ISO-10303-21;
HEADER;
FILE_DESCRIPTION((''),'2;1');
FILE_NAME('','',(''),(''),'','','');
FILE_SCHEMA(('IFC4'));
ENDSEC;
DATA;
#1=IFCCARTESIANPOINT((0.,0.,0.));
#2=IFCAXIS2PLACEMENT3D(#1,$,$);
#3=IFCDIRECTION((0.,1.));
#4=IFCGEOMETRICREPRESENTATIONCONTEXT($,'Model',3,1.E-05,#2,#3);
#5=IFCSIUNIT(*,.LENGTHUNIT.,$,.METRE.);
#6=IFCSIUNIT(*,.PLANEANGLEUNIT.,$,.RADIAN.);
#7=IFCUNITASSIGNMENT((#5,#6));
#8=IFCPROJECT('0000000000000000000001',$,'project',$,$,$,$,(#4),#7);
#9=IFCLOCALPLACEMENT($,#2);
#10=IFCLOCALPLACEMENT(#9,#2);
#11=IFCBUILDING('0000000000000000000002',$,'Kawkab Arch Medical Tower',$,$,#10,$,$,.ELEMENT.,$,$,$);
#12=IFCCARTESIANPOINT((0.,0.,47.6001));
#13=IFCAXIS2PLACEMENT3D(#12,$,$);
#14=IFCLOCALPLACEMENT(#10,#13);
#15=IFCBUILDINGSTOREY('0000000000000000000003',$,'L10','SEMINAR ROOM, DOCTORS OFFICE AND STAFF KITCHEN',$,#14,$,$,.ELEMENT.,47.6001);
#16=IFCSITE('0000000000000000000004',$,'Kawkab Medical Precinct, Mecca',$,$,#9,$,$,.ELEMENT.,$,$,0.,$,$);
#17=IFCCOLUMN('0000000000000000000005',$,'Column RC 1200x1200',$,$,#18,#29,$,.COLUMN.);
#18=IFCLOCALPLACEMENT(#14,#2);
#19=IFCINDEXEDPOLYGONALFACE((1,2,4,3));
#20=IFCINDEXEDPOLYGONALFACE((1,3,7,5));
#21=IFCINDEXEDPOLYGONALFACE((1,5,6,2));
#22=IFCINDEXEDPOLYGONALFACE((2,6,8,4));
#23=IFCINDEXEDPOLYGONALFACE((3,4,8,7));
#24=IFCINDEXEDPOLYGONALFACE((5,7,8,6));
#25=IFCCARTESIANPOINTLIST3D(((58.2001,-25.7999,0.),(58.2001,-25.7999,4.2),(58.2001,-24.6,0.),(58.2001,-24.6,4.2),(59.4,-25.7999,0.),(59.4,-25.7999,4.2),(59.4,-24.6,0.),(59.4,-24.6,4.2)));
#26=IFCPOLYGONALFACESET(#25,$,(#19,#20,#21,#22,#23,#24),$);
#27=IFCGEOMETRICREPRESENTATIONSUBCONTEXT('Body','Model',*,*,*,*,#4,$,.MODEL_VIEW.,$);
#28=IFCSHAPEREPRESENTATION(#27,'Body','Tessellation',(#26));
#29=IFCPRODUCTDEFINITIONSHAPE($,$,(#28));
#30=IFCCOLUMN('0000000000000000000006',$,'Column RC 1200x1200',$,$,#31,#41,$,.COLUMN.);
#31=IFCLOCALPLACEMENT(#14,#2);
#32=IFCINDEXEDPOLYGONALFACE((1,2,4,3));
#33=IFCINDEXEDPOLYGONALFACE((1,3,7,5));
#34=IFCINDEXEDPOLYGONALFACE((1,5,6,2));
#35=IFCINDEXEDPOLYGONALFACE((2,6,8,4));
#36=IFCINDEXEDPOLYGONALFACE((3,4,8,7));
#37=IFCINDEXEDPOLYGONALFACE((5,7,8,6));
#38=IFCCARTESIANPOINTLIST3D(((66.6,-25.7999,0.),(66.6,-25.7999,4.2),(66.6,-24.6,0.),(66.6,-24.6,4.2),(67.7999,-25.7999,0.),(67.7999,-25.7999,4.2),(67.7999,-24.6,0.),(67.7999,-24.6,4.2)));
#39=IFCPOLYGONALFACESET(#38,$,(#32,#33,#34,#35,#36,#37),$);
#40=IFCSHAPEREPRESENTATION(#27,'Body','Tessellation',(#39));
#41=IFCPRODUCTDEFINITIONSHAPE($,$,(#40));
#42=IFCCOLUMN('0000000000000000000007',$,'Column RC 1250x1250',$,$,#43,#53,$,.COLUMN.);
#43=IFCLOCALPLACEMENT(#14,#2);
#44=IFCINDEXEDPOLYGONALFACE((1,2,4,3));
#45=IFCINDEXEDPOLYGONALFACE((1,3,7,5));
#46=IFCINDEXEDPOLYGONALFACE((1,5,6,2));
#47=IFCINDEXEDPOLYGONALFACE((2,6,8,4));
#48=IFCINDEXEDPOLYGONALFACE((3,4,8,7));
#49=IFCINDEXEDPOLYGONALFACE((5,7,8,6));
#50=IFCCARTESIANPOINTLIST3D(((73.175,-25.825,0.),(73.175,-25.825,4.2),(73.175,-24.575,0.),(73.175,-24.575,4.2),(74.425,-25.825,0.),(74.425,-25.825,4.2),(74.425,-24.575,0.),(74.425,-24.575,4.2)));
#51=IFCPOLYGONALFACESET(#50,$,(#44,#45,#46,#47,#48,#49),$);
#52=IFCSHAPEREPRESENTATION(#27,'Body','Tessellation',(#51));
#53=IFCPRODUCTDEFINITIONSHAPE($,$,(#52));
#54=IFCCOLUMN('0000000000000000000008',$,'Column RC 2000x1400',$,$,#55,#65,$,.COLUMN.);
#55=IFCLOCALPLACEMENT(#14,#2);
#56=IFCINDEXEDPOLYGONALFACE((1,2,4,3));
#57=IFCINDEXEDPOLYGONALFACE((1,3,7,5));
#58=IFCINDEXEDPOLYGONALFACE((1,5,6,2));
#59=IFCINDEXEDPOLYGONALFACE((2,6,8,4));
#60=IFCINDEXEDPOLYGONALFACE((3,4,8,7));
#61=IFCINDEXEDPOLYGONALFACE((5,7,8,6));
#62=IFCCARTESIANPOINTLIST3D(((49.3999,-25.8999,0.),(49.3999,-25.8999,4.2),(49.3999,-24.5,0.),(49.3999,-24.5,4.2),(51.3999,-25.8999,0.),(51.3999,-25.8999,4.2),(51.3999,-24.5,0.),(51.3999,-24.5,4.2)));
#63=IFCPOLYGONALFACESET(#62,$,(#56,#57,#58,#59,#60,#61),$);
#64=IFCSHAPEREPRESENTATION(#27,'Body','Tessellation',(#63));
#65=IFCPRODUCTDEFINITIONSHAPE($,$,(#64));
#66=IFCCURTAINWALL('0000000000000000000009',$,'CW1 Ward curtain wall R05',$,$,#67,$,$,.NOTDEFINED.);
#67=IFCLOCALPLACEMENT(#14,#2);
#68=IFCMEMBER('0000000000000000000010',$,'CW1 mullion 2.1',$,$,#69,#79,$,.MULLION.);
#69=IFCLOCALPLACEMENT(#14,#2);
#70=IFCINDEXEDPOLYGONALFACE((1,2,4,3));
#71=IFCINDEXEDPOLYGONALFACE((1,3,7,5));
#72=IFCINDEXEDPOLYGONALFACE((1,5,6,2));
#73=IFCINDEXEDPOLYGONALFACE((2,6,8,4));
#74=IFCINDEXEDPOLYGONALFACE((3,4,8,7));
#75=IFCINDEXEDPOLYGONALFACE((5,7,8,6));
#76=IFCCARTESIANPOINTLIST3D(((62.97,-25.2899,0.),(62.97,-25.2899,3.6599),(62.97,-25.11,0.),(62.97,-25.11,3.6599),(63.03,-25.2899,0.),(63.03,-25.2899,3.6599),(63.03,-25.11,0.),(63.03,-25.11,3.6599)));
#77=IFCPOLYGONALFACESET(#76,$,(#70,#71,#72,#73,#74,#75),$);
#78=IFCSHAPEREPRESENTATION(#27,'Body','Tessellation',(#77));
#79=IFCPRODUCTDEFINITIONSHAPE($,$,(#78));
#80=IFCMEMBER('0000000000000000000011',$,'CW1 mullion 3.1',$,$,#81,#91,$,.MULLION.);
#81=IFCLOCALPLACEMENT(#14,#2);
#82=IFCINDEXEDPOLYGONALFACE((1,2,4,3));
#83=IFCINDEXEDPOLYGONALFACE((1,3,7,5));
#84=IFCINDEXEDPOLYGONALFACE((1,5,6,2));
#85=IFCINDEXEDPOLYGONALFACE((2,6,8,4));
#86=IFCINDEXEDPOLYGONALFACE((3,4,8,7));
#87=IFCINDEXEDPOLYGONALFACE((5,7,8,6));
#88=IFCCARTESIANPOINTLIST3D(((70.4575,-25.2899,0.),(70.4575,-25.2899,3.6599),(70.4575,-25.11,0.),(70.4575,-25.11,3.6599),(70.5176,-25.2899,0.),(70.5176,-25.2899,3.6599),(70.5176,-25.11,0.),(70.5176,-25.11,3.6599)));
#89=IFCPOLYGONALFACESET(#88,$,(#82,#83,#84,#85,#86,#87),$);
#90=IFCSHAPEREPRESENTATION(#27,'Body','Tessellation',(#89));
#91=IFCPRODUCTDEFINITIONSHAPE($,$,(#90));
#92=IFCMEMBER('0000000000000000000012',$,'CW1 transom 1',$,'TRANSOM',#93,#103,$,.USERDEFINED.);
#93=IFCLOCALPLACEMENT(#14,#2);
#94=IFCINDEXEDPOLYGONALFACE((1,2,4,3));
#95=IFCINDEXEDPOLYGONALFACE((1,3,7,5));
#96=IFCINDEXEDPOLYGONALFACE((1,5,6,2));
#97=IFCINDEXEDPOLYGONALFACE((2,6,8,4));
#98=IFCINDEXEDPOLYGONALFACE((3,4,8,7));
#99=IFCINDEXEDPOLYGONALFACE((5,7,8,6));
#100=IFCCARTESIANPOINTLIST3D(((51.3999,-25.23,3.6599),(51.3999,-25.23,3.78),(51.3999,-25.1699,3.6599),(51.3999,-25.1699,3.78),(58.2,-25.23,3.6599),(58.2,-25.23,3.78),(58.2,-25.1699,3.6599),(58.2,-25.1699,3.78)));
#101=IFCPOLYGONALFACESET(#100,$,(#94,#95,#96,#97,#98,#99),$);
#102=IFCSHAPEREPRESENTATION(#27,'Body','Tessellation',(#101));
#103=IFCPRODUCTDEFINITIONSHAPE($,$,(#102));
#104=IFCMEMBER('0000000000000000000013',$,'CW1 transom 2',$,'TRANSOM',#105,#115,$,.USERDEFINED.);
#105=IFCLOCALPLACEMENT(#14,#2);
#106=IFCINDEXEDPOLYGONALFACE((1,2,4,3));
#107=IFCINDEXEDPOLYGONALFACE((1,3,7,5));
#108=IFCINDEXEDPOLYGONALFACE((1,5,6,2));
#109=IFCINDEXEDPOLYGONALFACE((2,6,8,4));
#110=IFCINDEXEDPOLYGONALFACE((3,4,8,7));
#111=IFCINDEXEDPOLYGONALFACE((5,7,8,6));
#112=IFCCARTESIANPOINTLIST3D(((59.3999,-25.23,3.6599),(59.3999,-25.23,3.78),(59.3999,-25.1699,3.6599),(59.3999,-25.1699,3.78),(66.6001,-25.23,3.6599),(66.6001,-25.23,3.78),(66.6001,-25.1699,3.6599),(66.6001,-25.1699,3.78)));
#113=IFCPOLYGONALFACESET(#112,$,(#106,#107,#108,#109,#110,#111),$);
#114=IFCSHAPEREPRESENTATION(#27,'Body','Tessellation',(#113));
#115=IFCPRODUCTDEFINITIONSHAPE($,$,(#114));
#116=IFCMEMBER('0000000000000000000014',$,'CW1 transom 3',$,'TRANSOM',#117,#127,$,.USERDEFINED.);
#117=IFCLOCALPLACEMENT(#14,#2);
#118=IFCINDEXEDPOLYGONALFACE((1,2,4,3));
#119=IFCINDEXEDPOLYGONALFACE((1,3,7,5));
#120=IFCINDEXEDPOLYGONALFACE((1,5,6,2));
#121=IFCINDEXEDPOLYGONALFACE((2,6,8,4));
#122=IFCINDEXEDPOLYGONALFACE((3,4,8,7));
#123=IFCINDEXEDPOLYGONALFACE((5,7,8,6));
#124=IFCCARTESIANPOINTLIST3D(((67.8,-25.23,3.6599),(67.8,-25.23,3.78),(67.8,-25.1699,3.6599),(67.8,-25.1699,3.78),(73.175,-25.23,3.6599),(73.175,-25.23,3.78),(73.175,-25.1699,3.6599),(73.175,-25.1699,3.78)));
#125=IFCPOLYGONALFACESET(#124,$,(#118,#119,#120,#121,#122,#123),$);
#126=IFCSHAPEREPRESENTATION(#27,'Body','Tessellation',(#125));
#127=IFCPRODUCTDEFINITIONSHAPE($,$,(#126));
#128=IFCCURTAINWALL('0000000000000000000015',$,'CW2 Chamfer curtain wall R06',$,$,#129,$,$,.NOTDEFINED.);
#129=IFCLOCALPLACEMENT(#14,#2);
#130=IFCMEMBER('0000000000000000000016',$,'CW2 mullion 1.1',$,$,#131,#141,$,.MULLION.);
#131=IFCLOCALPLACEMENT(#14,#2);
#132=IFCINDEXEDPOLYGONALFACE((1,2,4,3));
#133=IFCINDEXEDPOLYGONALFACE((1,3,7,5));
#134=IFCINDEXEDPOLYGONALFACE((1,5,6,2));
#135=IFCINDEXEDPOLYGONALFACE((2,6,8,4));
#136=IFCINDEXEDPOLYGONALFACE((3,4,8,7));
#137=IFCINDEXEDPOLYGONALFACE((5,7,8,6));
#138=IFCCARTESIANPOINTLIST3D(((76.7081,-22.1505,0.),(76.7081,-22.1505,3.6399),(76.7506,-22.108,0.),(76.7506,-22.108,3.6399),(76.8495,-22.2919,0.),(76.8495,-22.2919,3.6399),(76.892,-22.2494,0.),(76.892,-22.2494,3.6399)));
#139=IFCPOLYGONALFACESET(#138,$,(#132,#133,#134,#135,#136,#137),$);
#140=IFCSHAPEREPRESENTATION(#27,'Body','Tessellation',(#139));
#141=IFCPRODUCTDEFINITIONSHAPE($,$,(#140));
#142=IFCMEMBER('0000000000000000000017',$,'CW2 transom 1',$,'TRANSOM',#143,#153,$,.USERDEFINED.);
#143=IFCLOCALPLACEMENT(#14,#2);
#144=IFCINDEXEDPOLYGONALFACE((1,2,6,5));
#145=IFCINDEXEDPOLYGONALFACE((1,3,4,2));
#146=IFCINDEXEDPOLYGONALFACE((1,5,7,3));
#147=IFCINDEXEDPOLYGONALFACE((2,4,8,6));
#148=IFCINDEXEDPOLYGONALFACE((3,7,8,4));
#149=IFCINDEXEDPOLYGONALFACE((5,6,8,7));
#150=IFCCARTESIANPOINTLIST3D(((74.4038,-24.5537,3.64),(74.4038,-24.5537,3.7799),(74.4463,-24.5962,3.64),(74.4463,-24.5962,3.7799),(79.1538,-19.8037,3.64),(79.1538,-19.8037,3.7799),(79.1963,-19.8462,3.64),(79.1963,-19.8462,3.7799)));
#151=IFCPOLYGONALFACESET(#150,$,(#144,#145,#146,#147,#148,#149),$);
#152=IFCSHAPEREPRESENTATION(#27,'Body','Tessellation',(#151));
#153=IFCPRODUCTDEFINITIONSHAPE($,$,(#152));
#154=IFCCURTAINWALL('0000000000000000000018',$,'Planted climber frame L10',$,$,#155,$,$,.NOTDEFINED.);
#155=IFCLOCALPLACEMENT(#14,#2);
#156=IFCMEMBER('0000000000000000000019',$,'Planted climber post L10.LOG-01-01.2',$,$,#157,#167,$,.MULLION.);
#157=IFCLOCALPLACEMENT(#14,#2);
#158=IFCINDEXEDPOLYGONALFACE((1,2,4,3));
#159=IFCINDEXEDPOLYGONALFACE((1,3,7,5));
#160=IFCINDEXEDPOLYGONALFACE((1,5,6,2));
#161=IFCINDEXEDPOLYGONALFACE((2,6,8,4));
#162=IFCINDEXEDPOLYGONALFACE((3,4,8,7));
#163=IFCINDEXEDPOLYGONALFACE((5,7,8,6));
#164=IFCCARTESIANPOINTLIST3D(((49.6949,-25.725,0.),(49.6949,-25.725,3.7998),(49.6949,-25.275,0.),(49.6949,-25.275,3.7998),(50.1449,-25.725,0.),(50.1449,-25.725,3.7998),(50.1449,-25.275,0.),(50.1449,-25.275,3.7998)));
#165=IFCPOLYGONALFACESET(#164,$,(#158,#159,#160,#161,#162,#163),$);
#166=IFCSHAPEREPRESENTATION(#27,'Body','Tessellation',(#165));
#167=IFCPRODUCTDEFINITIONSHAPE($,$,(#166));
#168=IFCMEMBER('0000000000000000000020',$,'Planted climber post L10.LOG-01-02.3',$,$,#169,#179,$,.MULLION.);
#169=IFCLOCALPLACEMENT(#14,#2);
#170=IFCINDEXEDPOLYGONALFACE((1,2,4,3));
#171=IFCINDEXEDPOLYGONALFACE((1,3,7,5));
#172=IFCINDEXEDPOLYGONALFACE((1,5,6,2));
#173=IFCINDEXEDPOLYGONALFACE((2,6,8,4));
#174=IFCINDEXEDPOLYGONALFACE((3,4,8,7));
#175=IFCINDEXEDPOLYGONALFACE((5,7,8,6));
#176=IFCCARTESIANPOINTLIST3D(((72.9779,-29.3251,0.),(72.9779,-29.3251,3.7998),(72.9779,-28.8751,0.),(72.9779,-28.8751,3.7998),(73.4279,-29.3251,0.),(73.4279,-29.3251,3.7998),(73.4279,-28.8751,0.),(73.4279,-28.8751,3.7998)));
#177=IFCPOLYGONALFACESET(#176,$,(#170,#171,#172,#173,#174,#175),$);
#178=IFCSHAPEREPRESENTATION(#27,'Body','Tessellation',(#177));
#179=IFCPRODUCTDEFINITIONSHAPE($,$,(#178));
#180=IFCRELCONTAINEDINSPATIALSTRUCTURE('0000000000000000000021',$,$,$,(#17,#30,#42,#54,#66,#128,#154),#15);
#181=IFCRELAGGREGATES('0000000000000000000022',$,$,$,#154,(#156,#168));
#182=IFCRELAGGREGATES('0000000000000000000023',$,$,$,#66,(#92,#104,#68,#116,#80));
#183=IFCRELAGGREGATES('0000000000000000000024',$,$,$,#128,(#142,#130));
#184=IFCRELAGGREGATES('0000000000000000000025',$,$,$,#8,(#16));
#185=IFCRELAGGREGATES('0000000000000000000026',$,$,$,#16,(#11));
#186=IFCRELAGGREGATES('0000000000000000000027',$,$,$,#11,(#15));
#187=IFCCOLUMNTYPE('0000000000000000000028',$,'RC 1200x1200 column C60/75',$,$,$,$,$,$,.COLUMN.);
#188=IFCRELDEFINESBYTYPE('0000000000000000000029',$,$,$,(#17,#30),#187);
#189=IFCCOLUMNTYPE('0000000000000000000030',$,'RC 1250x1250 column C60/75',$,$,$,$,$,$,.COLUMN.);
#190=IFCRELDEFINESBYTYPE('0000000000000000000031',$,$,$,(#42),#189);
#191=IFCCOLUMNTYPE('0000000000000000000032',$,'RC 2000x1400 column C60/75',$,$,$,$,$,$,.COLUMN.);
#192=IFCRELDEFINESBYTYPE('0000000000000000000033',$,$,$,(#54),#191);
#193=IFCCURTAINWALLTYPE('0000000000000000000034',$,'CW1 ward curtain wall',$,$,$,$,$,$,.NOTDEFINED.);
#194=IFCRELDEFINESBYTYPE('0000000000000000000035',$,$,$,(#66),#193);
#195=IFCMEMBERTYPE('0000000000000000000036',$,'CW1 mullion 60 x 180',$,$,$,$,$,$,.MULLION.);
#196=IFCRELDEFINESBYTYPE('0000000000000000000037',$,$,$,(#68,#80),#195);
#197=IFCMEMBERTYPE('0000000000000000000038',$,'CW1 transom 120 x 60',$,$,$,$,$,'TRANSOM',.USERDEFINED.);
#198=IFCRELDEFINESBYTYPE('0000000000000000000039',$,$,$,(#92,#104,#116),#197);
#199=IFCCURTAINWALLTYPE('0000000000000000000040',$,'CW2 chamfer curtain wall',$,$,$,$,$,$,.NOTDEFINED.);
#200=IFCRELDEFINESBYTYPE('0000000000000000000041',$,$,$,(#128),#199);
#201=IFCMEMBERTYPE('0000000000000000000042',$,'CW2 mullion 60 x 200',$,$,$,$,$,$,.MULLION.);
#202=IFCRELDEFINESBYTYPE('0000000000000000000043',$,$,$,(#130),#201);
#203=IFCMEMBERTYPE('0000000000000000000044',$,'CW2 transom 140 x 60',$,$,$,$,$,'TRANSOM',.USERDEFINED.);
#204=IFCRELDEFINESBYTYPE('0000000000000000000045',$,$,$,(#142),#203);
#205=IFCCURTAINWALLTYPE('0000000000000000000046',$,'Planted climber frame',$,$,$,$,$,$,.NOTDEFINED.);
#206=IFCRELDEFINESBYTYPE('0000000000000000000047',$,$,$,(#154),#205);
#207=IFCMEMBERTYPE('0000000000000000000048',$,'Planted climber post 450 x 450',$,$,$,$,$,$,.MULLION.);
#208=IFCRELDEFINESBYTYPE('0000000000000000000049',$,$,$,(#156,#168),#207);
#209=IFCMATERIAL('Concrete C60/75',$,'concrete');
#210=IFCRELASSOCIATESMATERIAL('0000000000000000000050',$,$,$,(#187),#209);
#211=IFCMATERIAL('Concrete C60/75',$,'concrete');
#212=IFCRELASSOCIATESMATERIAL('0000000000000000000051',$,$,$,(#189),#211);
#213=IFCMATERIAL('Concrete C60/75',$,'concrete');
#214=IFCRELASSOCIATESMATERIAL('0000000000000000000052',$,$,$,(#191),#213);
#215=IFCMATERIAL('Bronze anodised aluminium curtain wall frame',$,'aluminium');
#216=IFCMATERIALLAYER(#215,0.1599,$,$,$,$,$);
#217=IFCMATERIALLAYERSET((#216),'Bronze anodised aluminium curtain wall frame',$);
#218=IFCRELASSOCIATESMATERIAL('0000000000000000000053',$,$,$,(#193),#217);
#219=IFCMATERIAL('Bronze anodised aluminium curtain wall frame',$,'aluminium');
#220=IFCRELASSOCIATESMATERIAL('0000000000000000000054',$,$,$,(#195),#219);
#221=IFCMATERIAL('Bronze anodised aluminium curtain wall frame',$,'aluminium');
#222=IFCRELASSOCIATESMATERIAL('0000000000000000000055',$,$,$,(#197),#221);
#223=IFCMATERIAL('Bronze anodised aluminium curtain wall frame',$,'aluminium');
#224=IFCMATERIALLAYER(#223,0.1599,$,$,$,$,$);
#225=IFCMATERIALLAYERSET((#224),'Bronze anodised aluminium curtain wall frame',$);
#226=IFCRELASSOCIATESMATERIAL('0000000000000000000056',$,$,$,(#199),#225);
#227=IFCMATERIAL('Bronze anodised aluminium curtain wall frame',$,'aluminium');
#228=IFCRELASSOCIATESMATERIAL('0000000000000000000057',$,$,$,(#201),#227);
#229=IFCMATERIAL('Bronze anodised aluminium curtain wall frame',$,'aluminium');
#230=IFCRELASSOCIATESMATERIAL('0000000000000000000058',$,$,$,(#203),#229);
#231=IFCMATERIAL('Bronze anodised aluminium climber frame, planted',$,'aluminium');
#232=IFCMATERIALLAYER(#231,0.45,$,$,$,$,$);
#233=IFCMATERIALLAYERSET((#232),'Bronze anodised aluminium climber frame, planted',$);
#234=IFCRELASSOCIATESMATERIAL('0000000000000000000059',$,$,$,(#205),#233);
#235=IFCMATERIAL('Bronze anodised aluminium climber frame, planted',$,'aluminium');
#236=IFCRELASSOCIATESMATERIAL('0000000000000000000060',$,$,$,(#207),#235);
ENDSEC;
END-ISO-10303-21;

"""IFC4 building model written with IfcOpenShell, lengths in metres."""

from ifc_helpers import new_model, si_unit, direction, frame, origin, origin_2d, place, context, subcontext, project, spatial, rectangle, extrude, material, layer, layer_set, material_profile, profile_set, type_object, element, aggregate, save


model = new_model("IFC4")

# Units and contexts
model_context = context("Model", 3, precision=1e-05, world=origin(), true_north=direction((0.0, 1.0)))
body_context = subcontext(model_context, "Body", "Model", "MODEL_VIEW")
ifc_project = project(units=[si_unit("LENGTHUNIT", "METRE"), si_unit("PLANEANGLEUNIT", "RADIAN")], contexts=[model_context])

# Site, building, storey
site_placement = place(None, origin())
site = spatial("IfcSite", under=ifc_project, at=site_placement, Name="Kawkab Medical Precinct, Mecca", CompositionType="ELEMENT", RefElevation=0.0)
building_placement = place(site_placement, origin())
building = spatial("IfcBuilding", under=site, at=building_placement, Name="Kawkab Arch Medical Tower", CompositionType="ELEMENT")
storey_placement = place(building_placement, frame((0.0, 0.0, 47.6001)))
storey = spatial("IfcBuildingStorey", under=building, at=storey_placement, Name="L10", Description="SEMINAR ROOM, DOCTORS OFFICE AND STAFF KITCHEN", CompositionType="ELEMENT", Elevation=47.6001)

# Columns
ifc_material_1 = material(Name="Concrete C60/75", Category="concrete")
ifc_material_profile_1 = material_profile(ifc_material_1, rectangle(XDim=1.2, YDim=1.2, at=origin_2d()), Name="RC 1200x1200")
ifc_profile_set_1 = profile_set([ifc_material_profile_1], Name="Concrete C60/75")
column_type_1 = type_object("IfcColumnType", Name="RC 1200x1200 column C60/75", PredefinedType="COLUMN", material=ifc_profile_set_1)
for number, where, z_axis, x_axis, name in (
    (1, (58.8, -25.2, 0.0), (0.0, 0.0, 1.0), (1.0, 0.0, 0.0), "Column RC 1200x1200"),
    (2, (67.2, -25.2, 0.0), (0.0, 0.0, 1.0), (1.0, 0.0, 0.0), "Column RC 1200x1200"),
):
    element("IfcColumn", number, at=place(storey_placement, frame(where, z_axis=z_axis, x_axis=x_axis)), inside=storey, type_object=column_type_1, Name=name, PredefinedType="COLUMN", context=body_context, shape_type="SweptSolid", body=[
        extrude(rectangle(XDim=1.2, YDim=1.2, at=origin_2d()), origin(), (0.0, 0.0, 1.0), 4.2),
    ])
ifc_material_2 = material(Name="Concrete C60/75", Category="concrete")
ifc_material_profile_2 = material_profile(ifc_material_2, rectangle(XDim=1.25, YDim=1.25, at=origin_2d()), Name="RC 1250x1250")
ifc_profile_set_2 = profile_set([ifc_material_profile_2], Name="Concrete C60/75")
column_type_2 = type_object("IfcColumnType", Name="RC 1250x1250 column C60/75", PredefinedType="COLUMN", material=ifc_profile_set_2)
column_1_placement = place(storey_placement, frame((73.8, -25.2, 0.0), z_axis=(0.0, 0.0, 1.0), x_axis=(1.0, 0.0, 0.0)))
element("IfcColumn", 3, at=column_1_placement, inside=storey, type_object=column_type_2, Name="Column RC 1250x1250", PredefinedType="COLUMN", context=body_context, shape_type="SweptSolid", body=[
    extrude(rectangle(XDim=1.25, YDim=1.25, at=origin_2d()), origin(), (0.0, 0.0, 1.0), 4.2),
])
ifc_material_3 = material(Name="Concrete C60/75", Category="concrete")
ifc_material_profile_3 = material_profile(ifc_material_3, rectangle(XDim=2.0, YDim=1.3999, at=origin_2d()), Name="RC 2000x1400")
ifc_profile_set_3 = profile_set([ifc_material_profile_3], Name="Concrete C60/75")
column_type_3 = type_object("IfcColumnType", Name="RC 2000x1400 column C60/75", PredefinedType="COLUMN", material=ifc_profile_set_3)
column_2_placement = place(storey_placement, frame((50.3999, -25.2, 0.0), z_axis=(0.0, 0.0, 1.0), x_axis=(-1.0, 0.0, 0.0)))
element("IfcColumn", 4, at=column_2_placement, inside=storey, type_object=column_type_3, Name="Column RC 2000x1400", PredefinedType="COLUMN", context=body_context, shape_type="SweptSolid", body=[
    extrude(rectangle(XDim=2.0, YDim=1.3999, at=origin_2d()), origin(), (0.0, 0.0, 1.0), 4.2),
])

# Curtain walls, members
ifc_material_4 = material(Name="Bronze anodised aluminium curtain wall frame", Category="aluminium")
ifc_layer_1 = layer(ifc_material_4, 0.1599)
ifc_layer_set_1 = layer_set([ifc_layer_1], Name="Bronze anodised aluminium curtain wall frame")
curtain_wall_type_1 = type_object("IfcCurtainWallType", Name="CW1 ward curtain wall", PredefinedType="NOTDEFINED", material=ifc_layer_set_1)
placement = place(storey_placement, origin())
curtain_wall_1 = element("IfcCurtainWall", 5, at=placement, inside=storey, type_object=curtain_wall_type_1, Name="CW1 Ward curtain wall R05", PredefinedType="NOTDEFINED")
ifc_material_5 = material(Name="Bronze anodised aluminium curtain wall frame", Category="aluminium")
ifc_material_profile_4 = material_profile(ifc_material_5, rectangle(XDim=0.1799, YDim=0.0601, at=origin_2d()), Name="AL 60x180")
ifc_profile_set_4 = profile_set([ifc_material_profile_4], Name="Bronze anodised aluminium curtain wall frame")
member_type_1 = type_object("IfcMemberType", Name="CW1 mullion 60 x 180", PredefinedType="MULLION", material=ifc_profile_set_4)
member_1_placement = place(storey_placement, frame((63.0, -25.2, 0.0), z_axis=(0.0, 0.0, 1.0), x_axis=(0.0, 1.0, 0.0)))
member_1 = element("IfcMember", 6, at=member_1_placement, type_object=member_type_1, Name="CW1 mullion 2.1", PredefinedType="MULLION", context=body_context, shape_type="SweptSolid", body=[
    extrude(rectangle(XDim=0.1799, YDim=0.0601, at=origin_2d()), origin(), (0.0, 0.0, 1.0), 3.6599),
])
member_2_placement = place(storey_placement, frame((70.4875, -25.2, 0.0), z_axis=(0.0, 0.0, 1.0), x_axis=(0.0, 1.0, 0.0)))
member_2 = element("IfcMember", 7, at=member_2_placement, type_object=member_type_1, Name="CW1 mullion 3.1", PredefinedType="MULLION", context=body_context, shape_type="SweptSolid", body=[
    extrude(rectangle(XDim=0.1799, YDim=0.0601, at=origin_2d()), origin(), (0.0, 0.0, 1.0), 3.6599),
])
ifc_material_6 = material(Name="Bronze anodised aluminium curtain wall frame", Category="aluminium")
ifc_material_profile_5 = material_profile(ifc_material_6, rectangle(XDim=0.0601, YDim=0.1201, at=origin_2d()), Name="AL 60x120")
ifc_profile_set_5 = profile_set([ifc_material_profile_5], Name="Bronze anodised aluminium curtain wall frame")
member_type_2 = type_object("IfcMemberType", Name="CW1 transom 120 x 60", ElementType="TRANSOM", PredefinedType="USERDEFINED", material=ifc_profile_set_5)
member_3_placement = place(storey_placement, frame((51.3999, -25.2, 3.72), z_axis=(1.0, 0.0, 0.0), x_axis=(0.0, 1.0, 0.0)))
member_3 = element("IfcMember", 8, at=member_3_placement, type_object=member_type_2, Name="CW1 transom 1", ObjectType="TRANSOM", PredefinedType="USERDEFINED", context=body_context, shape_type="SweptSolid", body=[
    extrude(rectangle(XDim=0.0601, YDim=0.1201, at=origin_2d()), origin(), (0.0, 0.0, 1.0), 6.8),
])
member_4_placement = place(storey_placement, frame((59.3999, -25.2, 3.72), z_axis=(1.0, 0.0, 0.0), x_axis=(0.0, 1.0, 0.0)))
member_4 = element("IfcMember", 9, at=member_4_placement, type_object=member_type_2, Name="CW1 transom 2", ObjectType="TRANSOM", PredefinedType="USERDEFINED", context=body_context, shape_type="SweptSolid", body=[
    extrude(rectangle(XDim=0.0601, YDim=0.1201, at=origin_2d()), origin(), (0.0, 0.0, 1.0), 7.2002),
])
member_5_placement = place(storey_placement, frame((67.8, -25.2, 3.72), z_axis=(1.0, 0.0, 0.0), x_axis=(0.0, 1.0, 0.0)))
member_5 = element("IfcMember", 10, at=member_5_placement, type_object=member_type_2, Name="CW1 transom 3", ObjectType="TRANSOM", PredefinedType="USERDEFINED", context=body_context, shape_type="SweptSolid", body=[
    extrude(rectangle(XDim=0.0601, YDim=0.1201, at=origin_2d()), origin(), (0.0, 0.0, 1.0), 5.375),
])
ifc_material_7 = material(Name="Bronze anodised aluminium curtain wall frame", Category="aluminium")
ifc_layer_2 = layer(ifc_material_7, 0.1599)
ifc_layer_set_2 = layer_set([ifc_layer_2], Name="Bronze anodised aluminium curtain wall frame")
curtain_wall_type_2 = type_object("IfcCurtainWallType", Name="CW2 chamfer curtain wall", PredefinedType="NOTDEFINED", material=ifc_layer_set_2)
curtain_wall_2 = element("IfcCurtainWall", 11, at=placement, inside=storey, type_object=curtain_wall_type_2, Name="CW2 Chamfer curtain wall R06", PredefinedType="NOTDEFINED")
ifc_material_8 = material(Name="Bronze anodised aluminium curtain wall frame", Category="aluminium")
ifc_material_profile_6 = material_profile(ifc_material_8, rectangle(XDim=0.2, YDim=0.0601, at=origin_2d()), Name="AL 60x200")
ifc_profile_set_6 = profile_set([ifc_material_profile_6], Name="Bronze anodised aluminium curtain wall frame")
member_type_3 = type_object("IfcMemberType", Name="CW2 mullion 60 x 200", PredefinedType="MULLION", material=ifc_profile_set_6)
member_6_placement = place(storey_placement, frame((76.8, -22.2, 0.0), z_axis=(0.0, 0.0, 1.0), x_axis=(-0.707107, 0.707107, 0.0)))
member_6 = element("IfcMember", 12, at=member_6_placement, type_object=member_type_3, Name="CW2 mullion 1.1", PredefinedType="MULLION", context=body_context, shape_type="SweptSolid", body=[
    extrude(rectangle(XDim=0.2, YDim=0.0601, at=origin_2d()), origin(), (0.0, 0.0, 1.0), 3.6399),
])
ifc_material_9 = material(Name="Bronze anodised aluminium curtain wall frame", Category="aluminium")
ifc_material_profile_7 = material_profile(ifc_material_9, rectangle(XDim=0.0601, YDim=0.1399, at=origin_2d()), Name="AL 60x140")
ifc_profile_set_7 = profile_set([ifc_material_profile_7], Name="Bronze anodised aluminium curtain wall frame")
member_type_4 = type_object("IfcMemberType", Name="CW2 transom 140 x 60", ElementType="TRANSOM", PredefinedType="USERDEFINED", material=ifc_profile_set_7)
member_7_placement = place(storey_placement, frame((74.425, -24.575, 3.71), z_axis=(0.707107, 0.707107, 0.0), x_axis=(-0.707107, 0.707107, 0.0)))
member_7 = element("IfcMember", 13, at=member_7_placement, type_object=member_type_4, Name="CW2 transom 1", ObjectType="TRANSOM", PredefinedType="USERDEFINED", context=body_context, shape_type="SweptSolid", body=[
    extrude(rectangle(XDim=0.0601, YDim=0.1399, at=origin_2d()), origin(), (0.0, 0.0, 1.0), 6.7175),
])
ifc_material_10 = material(Name="Bronze anodised aluminium climber frame, planted", Category="aluminium")
ifc_layer_3 = layer(ifc_material_10, 0.45)
ifc_layer_set_3 = layer_set([ifc_layer_3], Name="Bronze anodised aluminium climber frame, planted")
curtain_wall_type_3 = type_object("IfcCurtainWallType", Name="Planted climber frame", PredefinedType="NOTDEFINED", material=ifc_layer_set_3)
curtain_wall_3 = element("IfcCurtainWall", 14, at=placement, inside=storey, type_object=curtain_wall_type_3, Name="Planted climber frame L10", PredefinedType="NOTDEFINED")
ifc_material_11 = material(Name="Bronze anodised aluminium climber frame, planted", Category="aluminium")
ifc_material_profile_8 = material_profile(ifc_material_11, rectangle(XDim=0.45, YDim=0.45, at=origin_2d()), Name="Post 450x450")
ifc_profile_set_8 = profile_set([ifc_material_profile_8], Name="Bronze anodised aluminium climber frame, planted")
member_type_5 = type_object("IfcMemberType", Name="Planted climber post 450 x 450", PredefinedType="MULLION", material=ifc_profile_set_8)
member_8_placement = place(storey_placement, frame((49.9199, -25.5, 0.0), z_axis=(0.0, 0.0, 1.0), x_axis=(1.0, 0.0, 0.0)))
member_8 = element("IfcMember", 15, at=member_8_placement, type_object=member_type_5, Name="Planted climber post L10.LOG-01-01.2", PredefinedType="MULLION", context=body_context, shape_type="SweptSolid", body=[
    extrude(rectangle(XDim=0.45, YDim=0.45, at=origin_2d()), origin(), (0.0, 0.0, 1.0), 3.7998),
])
member_9_placement = place(storey_placement, frame((73.2029, -29.1001, 0.0), z_axis=(0.0, 0.0, 1.0), x_axis=(1.0, 0.0, 0.0)))
member_9 = element("IfcMember", 16, at=member_9_placement, type_object=member_type_5, Name="Planted climber post L10.LOG-01-02.3", PredefinedType="MULLION", context=body_context, shape_type="SweptSolid", body=[
    extrude(rectangle(XDim=0.45, YDim=0.45, at=origin_2d()), origin(), (0.0, 0.0, 1.0), 3.7998),
])
aggregate(curtain_wall_3, [member_8, member_9])

aggregate(curtain_wall_1, [member_3, member_4, member_1, member_5, member_2])
aggregate(curtain_wall_2, [member_7, member_6])

save(model, "model.ifc")
